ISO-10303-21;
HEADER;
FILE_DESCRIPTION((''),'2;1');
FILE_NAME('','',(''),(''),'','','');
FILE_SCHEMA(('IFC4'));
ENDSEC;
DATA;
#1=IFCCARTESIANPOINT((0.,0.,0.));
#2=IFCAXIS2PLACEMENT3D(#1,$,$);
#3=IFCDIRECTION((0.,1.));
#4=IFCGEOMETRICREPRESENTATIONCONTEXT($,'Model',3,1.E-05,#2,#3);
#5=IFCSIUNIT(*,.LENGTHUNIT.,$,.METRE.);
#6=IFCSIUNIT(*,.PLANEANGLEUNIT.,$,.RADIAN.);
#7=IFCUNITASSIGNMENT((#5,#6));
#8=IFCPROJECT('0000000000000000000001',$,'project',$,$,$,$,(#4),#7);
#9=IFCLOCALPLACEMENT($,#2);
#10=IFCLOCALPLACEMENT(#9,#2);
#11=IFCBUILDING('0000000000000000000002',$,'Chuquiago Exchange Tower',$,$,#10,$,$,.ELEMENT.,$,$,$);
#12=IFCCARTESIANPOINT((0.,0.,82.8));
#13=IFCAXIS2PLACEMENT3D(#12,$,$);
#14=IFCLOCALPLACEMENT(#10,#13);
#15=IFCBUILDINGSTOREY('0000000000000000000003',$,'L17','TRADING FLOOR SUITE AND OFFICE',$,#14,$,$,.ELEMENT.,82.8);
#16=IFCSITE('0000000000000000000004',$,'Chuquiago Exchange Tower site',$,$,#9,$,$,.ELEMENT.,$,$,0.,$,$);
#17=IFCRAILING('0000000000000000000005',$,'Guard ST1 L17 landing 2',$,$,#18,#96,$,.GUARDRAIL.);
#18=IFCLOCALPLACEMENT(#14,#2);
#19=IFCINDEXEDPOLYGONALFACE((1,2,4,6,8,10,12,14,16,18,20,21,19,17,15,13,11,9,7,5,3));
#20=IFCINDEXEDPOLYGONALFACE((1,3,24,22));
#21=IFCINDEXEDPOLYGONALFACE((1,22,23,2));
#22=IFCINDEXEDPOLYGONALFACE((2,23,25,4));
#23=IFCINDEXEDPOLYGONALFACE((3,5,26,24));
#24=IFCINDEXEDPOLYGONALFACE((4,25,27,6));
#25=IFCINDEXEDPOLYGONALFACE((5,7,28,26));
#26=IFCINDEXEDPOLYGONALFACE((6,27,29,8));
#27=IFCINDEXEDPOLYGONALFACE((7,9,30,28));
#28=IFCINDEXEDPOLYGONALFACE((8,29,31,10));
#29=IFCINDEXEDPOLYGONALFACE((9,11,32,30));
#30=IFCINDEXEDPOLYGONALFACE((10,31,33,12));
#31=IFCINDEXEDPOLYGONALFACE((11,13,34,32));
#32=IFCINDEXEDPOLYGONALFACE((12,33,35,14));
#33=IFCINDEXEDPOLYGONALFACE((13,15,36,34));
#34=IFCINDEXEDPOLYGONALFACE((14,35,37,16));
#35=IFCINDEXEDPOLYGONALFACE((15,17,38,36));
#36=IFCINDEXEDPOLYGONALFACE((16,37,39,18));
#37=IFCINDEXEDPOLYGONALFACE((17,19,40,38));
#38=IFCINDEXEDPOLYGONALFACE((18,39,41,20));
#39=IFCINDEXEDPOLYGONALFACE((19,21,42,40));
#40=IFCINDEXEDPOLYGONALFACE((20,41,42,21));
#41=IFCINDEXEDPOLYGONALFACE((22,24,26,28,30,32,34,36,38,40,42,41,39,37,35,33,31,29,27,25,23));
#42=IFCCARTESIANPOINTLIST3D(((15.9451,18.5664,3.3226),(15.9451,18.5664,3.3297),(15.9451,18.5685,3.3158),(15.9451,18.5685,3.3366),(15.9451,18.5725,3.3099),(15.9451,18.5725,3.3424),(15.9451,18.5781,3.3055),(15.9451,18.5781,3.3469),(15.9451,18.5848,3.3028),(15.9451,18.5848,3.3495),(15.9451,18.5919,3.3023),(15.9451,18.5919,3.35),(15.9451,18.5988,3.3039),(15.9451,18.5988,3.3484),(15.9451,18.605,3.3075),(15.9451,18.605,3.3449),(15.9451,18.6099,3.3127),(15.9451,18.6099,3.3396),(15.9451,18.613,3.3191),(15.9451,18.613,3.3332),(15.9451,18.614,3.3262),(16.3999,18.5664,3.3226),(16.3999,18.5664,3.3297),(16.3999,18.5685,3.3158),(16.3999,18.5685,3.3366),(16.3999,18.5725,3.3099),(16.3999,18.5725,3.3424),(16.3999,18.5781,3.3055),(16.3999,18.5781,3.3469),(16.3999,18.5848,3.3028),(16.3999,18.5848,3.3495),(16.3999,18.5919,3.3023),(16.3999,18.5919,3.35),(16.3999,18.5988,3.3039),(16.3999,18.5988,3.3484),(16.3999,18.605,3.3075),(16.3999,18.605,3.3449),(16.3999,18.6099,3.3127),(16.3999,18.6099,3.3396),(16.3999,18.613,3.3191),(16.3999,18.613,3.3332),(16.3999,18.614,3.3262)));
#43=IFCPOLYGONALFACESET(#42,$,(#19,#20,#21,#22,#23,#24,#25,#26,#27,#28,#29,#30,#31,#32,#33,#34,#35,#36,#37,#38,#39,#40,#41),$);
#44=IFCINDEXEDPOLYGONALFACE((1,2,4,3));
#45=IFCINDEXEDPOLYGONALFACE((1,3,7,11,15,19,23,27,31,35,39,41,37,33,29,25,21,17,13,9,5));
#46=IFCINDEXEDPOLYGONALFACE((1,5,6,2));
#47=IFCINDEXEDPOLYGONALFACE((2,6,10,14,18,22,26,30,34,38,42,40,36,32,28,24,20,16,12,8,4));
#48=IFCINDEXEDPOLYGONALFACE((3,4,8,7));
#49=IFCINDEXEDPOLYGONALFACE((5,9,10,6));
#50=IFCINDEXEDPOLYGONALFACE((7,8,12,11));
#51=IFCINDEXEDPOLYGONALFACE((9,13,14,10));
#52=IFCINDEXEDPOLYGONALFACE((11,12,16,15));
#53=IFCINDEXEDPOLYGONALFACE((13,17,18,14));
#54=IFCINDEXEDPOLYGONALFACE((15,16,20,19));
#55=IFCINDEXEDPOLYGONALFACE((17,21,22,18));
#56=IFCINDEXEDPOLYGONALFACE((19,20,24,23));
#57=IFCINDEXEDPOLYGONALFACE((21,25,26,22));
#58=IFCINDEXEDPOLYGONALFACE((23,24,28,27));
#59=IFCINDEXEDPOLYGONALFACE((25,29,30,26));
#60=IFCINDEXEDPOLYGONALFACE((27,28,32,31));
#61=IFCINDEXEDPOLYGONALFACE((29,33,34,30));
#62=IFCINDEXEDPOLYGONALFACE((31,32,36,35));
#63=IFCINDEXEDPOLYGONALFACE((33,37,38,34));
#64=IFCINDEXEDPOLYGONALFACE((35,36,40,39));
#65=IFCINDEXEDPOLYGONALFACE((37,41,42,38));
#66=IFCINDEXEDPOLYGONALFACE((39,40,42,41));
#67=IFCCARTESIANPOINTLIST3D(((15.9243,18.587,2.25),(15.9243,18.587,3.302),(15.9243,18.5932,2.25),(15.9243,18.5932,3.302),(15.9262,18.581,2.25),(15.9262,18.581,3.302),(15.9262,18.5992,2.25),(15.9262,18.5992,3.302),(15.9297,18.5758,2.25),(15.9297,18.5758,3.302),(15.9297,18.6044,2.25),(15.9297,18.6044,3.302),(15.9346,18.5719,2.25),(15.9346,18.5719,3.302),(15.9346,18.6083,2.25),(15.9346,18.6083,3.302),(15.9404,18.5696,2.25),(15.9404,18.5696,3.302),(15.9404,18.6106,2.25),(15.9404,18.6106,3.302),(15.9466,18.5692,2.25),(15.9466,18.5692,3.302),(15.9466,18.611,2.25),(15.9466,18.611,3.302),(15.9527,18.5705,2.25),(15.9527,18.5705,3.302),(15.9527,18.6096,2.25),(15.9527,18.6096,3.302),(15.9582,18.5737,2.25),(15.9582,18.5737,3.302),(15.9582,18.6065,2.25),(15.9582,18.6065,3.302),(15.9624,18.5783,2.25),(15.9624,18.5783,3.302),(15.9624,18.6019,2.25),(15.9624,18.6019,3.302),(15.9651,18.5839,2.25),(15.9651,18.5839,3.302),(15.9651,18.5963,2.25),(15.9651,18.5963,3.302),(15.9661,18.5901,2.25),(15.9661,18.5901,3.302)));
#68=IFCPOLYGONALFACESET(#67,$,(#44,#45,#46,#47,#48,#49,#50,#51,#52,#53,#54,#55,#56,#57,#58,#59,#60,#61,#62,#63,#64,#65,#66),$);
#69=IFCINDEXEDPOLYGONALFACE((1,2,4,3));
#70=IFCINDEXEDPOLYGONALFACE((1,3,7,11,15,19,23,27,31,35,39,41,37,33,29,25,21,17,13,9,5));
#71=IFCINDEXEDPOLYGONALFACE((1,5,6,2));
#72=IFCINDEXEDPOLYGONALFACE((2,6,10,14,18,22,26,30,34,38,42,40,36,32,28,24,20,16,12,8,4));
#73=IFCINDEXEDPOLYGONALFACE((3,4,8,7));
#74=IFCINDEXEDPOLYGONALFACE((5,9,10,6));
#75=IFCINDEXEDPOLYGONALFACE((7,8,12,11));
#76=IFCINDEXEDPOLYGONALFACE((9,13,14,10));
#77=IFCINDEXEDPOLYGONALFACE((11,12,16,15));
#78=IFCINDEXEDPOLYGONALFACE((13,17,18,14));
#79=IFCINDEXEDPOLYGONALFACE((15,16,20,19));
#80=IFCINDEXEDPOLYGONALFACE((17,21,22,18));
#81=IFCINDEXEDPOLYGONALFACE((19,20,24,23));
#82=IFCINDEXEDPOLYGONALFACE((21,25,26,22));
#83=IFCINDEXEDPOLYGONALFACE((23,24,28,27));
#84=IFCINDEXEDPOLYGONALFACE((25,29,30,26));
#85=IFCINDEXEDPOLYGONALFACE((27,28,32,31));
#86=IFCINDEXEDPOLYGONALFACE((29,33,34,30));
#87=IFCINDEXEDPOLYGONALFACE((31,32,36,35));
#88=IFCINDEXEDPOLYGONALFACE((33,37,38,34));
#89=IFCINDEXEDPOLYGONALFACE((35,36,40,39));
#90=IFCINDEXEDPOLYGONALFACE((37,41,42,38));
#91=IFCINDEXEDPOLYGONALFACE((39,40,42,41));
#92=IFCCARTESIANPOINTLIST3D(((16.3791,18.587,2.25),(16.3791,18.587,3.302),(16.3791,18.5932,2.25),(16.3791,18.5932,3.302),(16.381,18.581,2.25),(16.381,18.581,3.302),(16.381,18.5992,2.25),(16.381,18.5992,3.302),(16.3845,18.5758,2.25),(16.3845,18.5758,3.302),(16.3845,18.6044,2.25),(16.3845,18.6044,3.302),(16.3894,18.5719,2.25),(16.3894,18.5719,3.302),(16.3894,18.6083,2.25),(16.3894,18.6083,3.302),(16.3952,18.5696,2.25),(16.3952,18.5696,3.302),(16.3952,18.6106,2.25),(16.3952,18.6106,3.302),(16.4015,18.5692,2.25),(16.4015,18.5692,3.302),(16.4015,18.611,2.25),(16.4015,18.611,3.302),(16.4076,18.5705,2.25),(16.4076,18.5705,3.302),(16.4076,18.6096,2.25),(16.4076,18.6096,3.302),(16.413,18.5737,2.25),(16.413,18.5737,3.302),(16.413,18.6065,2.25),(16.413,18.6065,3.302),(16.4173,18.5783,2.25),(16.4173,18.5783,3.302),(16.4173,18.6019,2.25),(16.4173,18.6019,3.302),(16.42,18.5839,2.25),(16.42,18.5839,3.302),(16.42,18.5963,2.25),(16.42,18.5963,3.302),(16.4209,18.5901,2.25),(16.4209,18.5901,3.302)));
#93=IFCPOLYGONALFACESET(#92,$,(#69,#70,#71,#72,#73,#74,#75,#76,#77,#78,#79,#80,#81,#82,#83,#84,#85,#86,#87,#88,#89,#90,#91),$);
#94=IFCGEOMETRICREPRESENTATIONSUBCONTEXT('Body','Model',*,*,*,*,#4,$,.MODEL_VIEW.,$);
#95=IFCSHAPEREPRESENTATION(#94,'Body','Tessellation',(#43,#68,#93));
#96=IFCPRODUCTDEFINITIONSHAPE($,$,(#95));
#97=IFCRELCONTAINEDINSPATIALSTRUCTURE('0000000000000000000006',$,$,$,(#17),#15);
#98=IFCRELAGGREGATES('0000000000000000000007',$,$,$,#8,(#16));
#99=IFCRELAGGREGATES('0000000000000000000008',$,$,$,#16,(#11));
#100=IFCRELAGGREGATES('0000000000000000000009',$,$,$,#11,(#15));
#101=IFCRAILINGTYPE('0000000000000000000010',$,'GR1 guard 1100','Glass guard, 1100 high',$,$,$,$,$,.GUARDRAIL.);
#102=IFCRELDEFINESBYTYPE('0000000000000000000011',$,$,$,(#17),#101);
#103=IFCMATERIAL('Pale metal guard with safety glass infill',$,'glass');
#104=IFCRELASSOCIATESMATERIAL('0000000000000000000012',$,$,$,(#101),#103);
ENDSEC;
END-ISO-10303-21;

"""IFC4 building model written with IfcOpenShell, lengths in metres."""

from ifc_helpers import new_model, si_unit, direction, frame, origin, origin_2d, place, context, subcontext, project, spatial, circle, extrude, material, type_object, element, save


model = new_model("IFC4")

# Units and contexts
model_context = context("Model", 3, precision=1e-05, world=origin(), true_north=direction((0.0, 1.0)))
body_context = subcontext(model_context, "Body", "Model", "MODEL_VIEW")
ifc_project = project(units=[si_unit("LENGTHUNIT", "METRE"), si_unit("PLANEANGLEUNIT", "RADIAN")], contexts=[model_context])

# Site, building, storey
site_placement = place(None, origin())
site = spatial("IfcSite", under=ifc_project, at=site_placement, Name="Chuquiago Exchange Tower site", CompositionType="ELEMENT", RefElevation=0.0)
building_placement = place(site_placement, origin())
building = spatial("IfcBuilding", under=site, at=building_placement, Name="Chuquiago Exchange Tower", CompositionType="ELEMENT")
storey_placement = place(building_placement, frame((0.0, 0.0, 82.8)))
storey = spatial("IfcBuildingStorey", under=building, at=storey_placement, Name="L17", Description="TRADING FLOOR SUITE AND OFFICE", CompositionType="ELEMENT", Elevation=82.8)

# Railing
ifc_material_1 = material(Name="Pale metal guard with safety glass infill", Category="glass")
railing_type_1 = type_object("IfcRailingType", Name="GR1 guard 1100", Description="Glass guard, 1100 high", PredefinedType="GUARDRAIL", material=ifc_material_1)
for number, where, name in (
    (1, (15.9451, 18.5901, 2.25), "Guard ST1 L17 landing 2"),
):
    element("IfcRailing", number, at=place(storey_placement, frame(where)), inside=storey, type_object=railing_type_1, Name=name, PredefinedType="GUARDRAIL", context=body_context, shape_type="SweptSolid", body=[
        extrude(circle(Radius=0.0239, at=origin_2d()), frame((0.0, 0.0, 1.0762), z_axis=(1.0, 0.0, 0.0), x_axis=(0.0, 1.0, 0.0)), (0.0, 0.0, 1.0), 0.4548),
        extrude(circle(Radius=0.021, at=origin_2d()), origin(), (0.0, 0.0, 1.0), 1.052),
        extrude(circle(Radius=0.021, at=origin_2d()), frame((0.4548, 0.0, 0.0)), (0.0, 0.0, 1.0), 1.052),
    ])

save(model, "model.ifc")
